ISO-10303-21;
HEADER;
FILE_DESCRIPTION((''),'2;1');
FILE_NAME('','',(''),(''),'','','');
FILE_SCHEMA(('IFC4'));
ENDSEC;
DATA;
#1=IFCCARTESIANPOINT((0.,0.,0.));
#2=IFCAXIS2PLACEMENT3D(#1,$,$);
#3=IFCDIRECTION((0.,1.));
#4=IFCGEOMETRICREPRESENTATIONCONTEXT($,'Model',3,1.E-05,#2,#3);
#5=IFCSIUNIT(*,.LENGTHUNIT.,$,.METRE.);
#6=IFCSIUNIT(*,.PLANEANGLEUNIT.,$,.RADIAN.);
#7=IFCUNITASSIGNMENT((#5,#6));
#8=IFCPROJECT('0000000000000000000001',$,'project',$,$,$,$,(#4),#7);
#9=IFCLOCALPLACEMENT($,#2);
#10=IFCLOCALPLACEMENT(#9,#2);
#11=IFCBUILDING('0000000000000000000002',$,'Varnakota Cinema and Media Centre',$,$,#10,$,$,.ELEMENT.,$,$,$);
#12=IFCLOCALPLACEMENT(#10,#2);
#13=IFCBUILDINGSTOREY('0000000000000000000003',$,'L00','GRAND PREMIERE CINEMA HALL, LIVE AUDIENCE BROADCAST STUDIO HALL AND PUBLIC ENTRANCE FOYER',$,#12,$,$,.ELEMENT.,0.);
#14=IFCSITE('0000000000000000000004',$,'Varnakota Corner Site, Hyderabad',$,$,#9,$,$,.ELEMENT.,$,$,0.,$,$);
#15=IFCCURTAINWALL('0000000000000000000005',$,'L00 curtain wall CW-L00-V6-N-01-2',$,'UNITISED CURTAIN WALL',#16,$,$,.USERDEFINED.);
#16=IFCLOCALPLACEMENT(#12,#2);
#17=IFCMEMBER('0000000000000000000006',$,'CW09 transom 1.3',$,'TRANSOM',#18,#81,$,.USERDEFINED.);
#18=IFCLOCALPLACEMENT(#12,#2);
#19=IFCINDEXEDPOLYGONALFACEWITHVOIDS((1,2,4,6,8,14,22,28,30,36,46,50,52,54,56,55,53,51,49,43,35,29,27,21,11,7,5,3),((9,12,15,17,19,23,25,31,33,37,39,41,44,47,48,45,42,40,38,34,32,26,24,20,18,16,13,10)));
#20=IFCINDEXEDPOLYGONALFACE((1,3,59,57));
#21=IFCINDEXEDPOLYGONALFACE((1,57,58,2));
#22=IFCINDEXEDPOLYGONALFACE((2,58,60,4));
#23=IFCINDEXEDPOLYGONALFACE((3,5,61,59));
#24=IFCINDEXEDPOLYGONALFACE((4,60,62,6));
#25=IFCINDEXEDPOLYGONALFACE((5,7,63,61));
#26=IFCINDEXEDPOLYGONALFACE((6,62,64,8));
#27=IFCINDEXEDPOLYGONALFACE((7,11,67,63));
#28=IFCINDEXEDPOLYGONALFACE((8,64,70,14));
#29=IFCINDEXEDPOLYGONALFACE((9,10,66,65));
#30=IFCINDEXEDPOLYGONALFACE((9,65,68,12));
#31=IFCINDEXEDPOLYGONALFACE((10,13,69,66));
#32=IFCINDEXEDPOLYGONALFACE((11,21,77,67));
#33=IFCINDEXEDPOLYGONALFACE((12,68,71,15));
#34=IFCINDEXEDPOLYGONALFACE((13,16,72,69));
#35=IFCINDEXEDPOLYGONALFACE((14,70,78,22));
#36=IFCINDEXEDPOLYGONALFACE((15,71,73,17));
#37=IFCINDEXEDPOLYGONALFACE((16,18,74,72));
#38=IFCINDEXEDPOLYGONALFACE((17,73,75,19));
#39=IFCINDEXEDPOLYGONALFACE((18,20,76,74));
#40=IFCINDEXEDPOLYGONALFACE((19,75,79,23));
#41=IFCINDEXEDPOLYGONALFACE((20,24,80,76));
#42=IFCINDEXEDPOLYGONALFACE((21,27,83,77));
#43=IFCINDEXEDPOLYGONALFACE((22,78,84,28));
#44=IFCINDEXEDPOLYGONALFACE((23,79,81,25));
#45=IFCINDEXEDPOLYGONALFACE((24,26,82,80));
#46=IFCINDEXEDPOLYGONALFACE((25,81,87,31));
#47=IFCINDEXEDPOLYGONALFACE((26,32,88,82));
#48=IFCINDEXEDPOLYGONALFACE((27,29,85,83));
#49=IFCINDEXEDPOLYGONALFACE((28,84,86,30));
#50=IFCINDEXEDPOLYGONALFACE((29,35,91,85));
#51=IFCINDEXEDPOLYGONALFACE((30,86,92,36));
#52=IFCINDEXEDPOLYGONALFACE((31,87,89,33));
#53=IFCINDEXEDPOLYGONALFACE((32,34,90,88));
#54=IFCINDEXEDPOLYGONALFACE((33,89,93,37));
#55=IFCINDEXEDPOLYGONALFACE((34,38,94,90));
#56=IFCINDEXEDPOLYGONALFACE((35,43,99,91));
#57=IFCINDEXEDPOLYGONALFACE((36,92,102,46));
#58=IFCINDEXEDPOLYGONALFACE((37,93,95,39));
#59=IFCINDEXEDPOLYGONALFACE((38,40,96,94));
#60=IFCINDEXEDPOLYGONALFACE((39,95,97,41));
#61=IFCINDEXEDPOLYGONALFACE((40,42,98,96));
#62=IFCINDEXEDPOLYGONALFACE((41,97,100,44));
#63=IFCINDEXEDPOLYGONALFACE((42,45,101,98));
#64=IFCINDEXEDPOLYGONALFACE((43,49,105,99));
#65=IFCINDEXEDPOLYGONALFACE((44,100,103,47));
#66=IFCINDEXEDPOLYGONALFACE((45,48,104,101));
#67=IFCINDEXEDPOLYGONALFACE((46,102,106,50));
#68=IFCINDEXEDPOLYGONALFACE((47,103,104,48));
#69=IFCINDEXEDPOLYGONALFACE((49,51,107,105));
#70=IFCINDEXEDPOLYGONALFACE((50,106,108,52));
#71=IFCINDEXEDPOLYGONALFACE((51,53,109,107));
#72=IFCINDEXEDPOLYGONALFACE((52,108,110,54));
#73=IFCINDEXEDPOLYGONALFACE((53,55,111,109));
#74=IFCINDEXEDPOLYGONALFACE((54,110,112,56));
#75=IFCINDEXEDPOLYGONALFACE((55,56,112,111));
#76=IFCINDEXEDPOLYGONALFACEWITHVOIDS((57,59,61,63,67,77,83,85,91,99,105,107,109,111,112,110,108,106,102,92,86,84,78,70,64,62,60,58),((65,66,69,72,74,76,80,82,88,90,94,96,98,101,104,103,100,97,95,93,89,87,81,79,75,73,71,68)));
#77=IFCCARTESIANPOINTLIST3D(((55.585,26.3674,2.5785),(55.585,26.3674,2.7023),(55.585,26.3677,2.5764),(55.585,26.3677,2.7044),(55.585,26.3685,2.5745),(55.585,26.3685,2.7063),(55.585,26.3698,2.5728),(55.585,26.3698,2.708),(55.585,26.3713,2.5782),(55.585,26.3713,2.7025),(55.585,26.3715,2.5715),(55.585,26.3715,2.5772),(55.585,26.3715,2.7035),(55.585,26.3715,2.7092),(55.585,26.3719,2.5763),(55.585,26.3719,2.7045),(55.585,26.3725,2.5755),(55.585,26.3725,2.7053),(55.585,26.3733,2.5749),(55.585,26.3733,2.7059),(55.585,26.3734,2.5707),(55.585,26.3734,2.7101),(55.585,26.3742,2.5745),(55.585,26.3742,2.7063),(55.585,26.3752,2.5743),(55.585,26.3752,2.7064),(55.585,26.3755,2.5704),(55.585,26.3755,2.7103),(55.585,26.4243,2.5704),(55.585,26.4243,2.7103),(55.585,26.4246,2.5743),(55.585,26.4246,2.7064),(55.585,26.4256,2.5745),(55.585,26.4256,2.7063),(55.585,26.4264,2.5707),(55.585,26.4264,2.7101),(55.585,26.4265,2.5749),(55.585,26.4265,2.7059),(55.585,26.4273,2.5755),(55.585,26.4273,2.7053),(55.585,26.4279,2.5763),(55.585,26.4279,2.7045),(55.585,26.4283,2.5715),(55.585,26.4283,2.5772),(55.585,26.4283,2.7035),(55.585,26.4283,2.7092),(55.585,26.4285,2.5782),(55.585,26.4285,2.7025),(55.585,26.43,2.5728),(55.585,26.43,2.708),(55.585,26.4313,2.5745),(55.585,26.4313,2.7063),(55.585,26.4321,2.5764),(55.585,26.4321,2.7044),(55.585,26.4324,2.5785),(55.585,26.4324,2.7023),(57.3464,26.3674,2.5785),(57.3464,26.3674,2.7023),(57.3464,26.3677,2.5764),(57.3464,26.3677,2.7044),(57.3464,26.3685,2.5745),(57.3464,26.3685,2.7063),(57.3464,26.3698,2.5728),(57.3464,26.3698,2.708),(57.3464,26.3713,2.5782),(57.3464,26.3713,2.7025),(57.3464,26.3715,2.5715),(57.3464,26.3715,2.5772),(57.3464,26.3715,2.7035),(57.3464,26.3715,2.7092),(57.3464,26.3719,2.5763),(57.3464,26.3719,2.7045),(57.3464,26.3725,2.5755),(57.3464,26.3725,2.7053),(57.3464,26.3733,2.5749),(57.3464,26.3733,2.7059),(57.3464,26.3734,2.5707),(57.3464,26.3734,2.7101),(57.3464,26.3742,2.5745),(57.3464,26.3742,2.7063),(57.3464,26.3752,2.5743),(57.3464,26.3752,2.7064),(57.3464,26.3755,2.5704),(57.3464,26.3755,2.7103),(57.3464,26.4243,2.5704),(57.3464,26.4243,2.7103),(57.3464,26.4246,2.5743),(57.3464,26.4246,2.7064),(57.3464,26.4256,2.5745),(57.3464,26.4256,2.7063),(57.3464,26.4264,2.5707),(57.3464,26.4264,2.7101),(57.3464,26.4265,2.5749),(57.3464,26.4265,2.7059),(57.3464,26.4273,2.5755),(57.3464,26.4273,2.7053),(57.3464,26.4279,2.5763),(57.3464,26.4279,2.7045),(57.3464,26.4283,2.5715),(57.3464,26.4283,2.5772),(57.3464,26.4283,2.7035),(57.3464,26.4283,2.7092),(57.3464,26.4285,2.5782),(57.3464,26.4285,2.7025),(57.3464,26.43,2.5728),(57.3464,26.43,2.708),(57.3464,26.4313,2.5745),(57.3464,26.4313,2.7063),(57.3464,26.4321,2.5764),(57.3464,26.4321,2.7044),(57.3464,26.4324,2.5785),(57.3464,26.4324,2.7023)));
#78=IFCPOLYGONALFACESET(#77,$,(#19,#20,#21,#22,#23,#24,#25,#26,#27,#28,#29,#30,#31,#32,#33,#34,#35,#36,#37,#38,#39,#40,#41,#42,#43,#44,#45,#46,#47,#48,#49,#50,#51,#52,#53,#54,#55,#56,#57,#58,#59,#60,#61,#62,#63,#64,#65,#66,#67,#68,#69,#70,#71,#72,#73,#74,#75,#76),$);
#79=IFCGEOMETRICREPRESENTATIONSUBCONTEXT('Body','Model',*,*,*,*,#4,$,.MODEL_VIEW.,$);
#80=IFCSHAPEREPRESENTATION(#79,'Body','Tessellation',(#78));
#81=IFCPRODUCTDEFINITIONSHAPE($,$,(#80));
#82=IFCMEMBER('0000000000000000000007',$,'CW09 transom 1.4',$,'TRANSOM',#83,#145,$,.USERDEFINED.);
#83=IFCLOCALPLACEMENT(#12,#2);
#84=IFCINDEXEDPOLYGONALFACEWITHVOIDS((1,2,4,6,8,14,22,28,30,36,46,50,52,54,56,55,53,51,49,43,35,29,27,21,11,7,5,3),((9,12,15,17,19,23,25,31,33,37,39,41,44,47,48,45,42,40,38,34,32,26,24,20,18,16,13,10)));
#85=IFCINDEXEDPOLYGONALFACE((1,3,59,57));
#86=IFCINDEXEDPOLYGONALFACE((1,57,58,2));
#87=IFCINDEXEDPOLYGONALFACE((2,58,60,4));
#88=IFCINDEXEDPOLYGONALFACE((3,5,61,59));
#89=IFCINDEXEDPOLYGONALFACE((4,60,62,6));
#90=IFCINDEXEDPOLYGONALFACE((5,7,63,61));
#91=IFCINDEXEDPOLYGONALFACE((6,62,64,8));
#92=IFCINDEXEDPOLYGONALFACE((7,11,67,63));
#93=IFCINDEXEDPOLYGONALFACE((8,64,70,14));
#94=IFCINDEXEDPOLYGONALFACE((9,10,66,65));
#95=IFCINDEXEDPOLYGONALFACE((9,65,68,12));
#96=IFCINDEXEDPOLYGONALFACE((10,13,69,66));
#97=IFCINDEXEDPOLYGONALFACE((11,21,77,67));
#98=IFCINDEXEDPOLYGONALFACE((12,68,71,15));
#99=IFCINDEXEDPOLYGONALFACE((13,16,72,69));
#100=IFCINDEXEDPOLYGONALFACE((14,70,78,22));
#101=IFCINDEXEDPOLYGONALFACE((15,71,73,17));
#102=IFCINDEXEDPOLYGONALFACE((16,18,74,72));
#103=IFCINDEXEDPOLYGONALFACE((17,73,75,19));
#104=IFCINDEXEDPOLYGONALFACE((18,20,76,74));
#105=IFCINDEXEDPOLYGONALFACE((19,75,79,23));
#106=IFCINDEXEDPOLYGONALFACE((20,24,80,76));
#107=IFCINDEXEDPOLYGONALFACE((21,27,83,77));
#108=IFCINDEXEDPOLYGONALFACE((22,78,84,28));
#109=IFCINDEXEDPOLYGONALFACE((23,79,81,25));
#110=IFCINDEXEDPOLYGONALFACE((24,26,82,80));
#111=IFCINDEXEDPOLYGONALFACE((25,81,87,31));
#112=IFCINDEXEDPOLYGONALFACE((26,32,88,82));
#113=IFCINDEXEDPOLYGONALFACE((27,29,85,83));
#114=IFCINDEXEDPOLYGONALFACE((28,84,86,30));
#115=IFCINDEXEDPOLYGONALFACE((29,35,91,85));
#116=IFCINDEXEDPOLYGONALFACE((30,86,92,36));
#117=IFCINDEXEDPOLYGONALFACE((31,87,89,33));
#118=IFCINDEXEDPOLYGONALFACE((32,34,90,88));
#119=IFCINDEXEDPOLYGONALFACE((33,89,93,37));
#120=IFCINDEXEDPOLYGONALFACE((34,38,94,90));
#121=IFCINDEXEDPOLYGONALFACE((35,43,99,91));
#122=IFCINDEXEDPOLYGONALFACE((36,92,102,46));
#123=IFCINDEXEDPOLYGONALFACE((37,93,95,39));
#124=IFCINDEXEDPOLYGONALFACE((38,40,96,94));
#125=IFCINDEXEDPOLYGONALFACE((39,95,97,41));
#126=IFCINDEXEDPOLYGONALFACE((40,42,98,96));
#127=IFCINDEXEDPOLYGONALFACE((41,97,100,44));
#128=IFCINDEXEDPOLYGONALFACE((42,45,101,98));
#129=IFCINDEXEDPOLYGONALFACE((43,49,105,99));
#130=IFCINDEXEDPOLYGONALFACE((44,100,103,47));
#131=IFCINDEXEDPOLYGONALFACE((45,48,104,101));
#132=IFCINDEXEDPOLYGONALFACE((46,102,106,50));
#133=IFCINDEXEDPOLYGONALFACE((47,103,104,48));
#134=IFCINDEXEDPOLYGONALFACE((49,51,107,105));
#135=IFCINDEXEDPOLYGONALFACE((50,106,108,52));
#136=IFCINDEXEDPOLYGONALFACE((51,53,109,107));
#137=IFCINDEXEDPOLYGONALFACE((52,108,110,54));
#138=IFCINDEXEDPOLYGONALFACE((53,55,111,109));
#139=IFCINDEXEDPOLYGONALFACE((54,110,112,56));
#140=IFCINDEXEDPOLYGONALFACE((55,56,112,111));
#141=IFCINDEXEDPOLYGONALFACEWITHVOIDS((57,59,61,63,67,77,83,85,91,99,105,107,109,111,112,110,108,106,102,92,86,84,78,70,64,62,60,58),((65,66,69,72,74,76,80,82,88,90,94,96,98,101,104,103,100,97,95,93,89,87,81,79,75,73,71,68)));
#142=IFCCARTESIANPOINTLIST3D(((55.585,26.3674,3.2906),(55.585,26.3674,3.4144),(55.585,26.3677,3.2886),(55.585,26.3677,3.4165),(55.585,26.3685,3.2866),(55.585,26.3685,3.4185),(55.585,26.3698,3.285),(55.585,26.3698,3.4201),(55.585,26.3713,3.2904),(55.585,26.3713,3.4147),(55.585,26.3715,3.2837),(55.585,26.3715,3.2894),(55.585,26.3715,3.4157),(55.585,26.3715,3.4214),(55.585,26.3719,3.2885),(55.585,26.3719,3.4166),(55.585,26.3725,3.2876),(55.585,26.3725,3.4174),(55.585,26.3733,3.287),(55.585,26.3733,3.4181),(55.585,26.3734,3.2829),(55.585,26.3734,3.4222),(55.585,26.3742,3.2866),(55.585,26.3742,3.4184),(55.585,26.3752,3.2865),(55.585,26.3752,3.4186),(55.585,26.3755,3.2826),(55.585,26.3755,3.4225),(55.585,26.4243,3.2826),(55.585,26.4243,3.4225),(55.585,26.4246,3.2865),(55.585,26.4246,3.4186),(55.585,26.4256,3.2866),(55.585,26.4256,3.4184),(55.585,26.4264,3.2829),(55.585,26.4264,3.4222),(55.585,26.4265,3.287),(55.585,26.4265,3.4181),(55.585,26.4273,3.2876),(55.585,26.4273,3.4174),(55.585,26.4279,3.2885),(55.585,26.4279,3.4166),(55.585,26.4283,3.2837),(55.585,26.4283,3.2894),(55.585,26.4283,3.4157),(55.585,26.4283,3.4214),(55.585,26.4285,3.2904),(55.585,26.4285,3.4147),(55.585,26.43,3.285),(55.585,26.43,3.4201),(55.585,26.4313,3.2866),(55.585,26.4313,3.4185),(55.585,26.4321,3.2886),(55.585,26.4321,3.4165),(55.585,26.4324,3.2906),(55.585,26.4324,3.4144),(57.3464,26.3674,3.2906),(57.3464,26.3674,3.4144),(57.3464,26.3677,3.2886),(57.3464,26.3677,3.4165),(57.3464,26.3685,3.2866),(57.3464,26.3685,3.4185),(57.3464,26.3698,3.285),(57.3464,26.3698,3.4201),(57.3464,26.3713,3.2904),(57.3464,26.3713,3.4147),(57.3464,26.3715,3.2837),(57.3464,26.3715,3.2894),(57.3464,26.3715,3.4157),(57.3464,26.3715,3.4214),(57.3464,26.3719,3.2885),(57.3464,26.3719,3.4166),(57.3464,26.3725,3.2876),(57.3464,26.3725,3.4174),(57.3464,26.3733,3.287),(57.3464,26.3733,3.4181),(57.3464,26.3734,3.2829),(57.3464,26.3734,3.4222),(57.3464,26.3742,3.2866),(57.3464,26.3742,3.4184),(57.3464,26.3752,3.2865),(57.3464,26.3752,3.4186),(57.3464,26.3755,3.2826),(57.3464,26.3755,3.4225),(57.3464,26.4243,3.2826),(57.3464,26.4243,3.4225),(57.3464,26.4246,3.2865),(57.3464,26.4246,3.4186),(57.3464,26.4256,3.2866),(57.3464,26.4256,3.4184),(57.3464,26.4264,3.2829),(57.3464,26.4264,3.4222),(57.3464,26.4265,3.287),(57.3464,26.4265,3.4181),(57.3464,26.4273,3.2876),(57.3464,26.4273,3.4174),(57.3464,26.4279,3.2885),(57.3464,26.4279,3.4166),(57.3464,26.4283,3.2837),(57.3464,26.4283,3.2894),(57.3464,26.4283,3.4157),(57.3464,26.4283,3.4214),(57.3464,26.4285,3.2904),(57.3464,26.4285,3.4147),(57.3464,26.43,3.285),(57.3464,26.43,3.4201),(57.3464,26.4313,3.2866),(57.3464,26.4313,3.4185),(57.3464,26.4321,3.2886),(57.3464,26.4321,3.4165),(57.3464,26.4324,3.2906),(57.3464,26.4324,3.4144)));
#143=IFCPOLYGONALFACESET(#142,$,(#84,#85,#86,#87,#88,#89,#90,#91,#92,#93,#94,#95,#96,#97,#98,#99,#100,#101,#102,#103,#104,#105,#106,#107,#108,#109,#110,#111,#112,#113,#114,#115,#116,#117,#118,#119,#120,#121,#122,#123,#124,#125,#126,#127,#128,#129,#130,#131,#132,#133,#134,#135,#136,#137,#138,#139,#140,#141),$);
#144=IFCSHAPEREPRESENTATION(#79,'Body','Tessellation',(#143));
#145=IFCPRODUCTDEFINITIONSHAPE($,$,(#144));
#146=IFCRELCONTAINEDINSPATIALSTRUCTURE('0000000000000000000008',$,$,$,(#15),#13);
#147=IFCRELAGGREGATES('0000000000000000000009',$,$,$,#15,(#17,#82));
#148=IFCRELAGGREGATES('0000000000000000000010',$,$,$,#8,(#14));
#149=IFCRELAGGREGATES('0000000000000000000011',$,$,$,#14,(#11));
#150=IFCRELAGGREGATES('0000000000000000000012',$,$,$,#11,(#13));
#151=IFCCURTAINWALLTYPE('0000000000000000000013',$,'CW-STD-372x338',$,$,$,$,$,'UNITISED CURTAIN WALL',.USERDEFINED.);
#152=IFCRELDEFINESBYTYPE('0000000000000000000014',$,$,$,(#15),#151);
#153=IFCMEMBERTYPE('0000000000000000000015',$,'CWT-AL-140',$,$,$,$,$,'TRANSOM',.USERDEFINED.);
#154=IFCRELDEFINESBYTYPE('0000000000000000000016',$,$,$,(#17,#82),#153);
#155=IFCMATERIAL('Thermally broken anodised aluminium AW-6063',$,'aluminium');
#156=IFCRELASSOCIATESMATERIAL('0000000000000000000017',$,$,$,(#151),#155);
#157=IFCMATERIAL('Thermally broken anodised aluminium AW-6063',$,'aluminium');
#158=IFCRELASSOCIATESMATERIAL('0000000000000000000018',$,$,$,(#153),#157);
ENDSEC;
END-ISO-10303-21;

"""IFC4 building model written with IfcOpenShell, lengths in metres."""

from ifc_helpers import new_model, si_unit, direction, frame, origin, origin_2d, place, context, subcontext, project, spatial, hollow_rectangle, extrude, material, material_profile, profile_set, type_object, element, aggregate, save


model = new_model("IFC4")

# Units and contexts
model_context = context("Model", 3, precision=1e-05, world=origin(), true_north=direction((0.0, 1.0)))
body_context = subcontext(model_context, "Body", "Model", "MODEL_VIEW")
ifc_project = project(units=[si_unit("LENGTHUNIT", "METRE"), si_unit("PLANEANGLEUNIT", "RADIAN")], contexts=[model_context])

# Site, building, storey
site_placement = place(None, origin())
site = spatial("IfcSite", under=ifc_project, at=site_placement, Name="Varnakota Corner Site, Hyderabad", CompositionType="ELEMENT", RefElevation=0.0)
building_placement = place(site_placement, origin())
building = spatial("IfcBuilding", under=site, at=building_placement, Name="Varnakota Cinema and Media Centre", CompositionType="ELEMENT")
storey_placement = place(building_placement, origin())
storey = spatial("IfcBuildingStorey", under=building, at=storey_placement, Name="L00", Description="GRAND PREMIERE CINEMA HALL, LIVE AUDIENCE BROADCAST STUDIO HALL AND PUBLIC ENTRANCE FOYER", CompositionType="ELEMENT", Elevation=0.0)

# Curtain wall
ifc_material_1 = material(Name="Thermally broken anodised aluminium AW-6063", Category="aluminium")
curtain_wall_type_1 = type_object("IfcCurtainWallType", Name="CW-STD-372x338", ElementType="UNITISED CURTAIN WALL", PredefinedType="USERDEFINED", material=ifc_material_1)
curtain_wall_1_placement = place(storey_placement, origin())
curtain_wall_1 = element("IfcCurtainWall", 1, at=curtain_wall_1_placement, inside=storey, type_object=curtain_wall_type_1, Name="L00 curtain wall CW-L00-V6-N-01-2", ObjectType="UNITISED CURTAIN WALL", PredefinedType="USERDEFINED")

# Members
ifc_material_2 = material(Name="Thermally broken anodised aluminium AW-6063", Category="aluminium")
ifc_material_profile_1 = material_profile(ifc_material_2, hollow_rectangle(XDim=0.0649, YDim=0.1399, WallThickness=0.0039, InnerFilletRadius=0.0039, OuterFilletRadius=0.0081, at=origin_2d()), Name="AL-TRANSOM 140x65x4")
ifc_profile_set_1 = profile_set([ifc_material_profile_1], Name="Thermally broken anodised aluminium AW-6063")
member_type_1 = type_object("IfcMemberType", Name="CWT-AL-140", ElementType="TRANSOM", PredefinedType="USERDEFINED", material=ifc_profile_set_1)
member_1_placement = place(storey_placement, frame((55.585, 26.3999, 2.6404), z_axis=(1.0, 0.0, 0.0), x_axis=(0.0, 1.0, 0.0)))
member_1 = element("IfcMember", 2, at=member_1_placement, type_object=member_type_1, Name="CW09 transom 1.3", ObjectType="TRANSOM", PredefinedType="USERDEFINED", context=body_context, shape_type="SweptSolid", body=[
    extrude(hollow_rectangle(XDim=0.0649, YDim=0.1399, WallThickness=0.0039, InnerFilletRadius=0.0039, OuterFilletRadius=0.0081, at=origin_2d()), origin(), (0.0, 0.0, 1.0), 1.7615),
])
member_2_placement = place(storey_placement, frame((55.585, 26.3999, 3.3525), z_axis=(1.0, 0.0, 0.0), x_axis=(0.0, 1.0, 0.0)))
member_2 = element("IfcMember", 3, at=member_2_placement, type_object=member_type_1, Name="CW09 transom 1.4", ObjectType="TRANSOM", PredefinedType="USERDEFINED", context=body_context, shape_type="SweptSolid", body=[
    extrude(hollow_rectangle(XDim=0.0649, YDim=0.1399, WallThickness=0.0039, InnerFilletRadius=0.0039, OuterFilletRadius=0.0081, at=origin_2d()), origin(), (0.0, 0.0, 1.0), 1.7615),
])

aggregate(curtain_wall_1, [member_1, member_2])

save(model, "model.ifc")
